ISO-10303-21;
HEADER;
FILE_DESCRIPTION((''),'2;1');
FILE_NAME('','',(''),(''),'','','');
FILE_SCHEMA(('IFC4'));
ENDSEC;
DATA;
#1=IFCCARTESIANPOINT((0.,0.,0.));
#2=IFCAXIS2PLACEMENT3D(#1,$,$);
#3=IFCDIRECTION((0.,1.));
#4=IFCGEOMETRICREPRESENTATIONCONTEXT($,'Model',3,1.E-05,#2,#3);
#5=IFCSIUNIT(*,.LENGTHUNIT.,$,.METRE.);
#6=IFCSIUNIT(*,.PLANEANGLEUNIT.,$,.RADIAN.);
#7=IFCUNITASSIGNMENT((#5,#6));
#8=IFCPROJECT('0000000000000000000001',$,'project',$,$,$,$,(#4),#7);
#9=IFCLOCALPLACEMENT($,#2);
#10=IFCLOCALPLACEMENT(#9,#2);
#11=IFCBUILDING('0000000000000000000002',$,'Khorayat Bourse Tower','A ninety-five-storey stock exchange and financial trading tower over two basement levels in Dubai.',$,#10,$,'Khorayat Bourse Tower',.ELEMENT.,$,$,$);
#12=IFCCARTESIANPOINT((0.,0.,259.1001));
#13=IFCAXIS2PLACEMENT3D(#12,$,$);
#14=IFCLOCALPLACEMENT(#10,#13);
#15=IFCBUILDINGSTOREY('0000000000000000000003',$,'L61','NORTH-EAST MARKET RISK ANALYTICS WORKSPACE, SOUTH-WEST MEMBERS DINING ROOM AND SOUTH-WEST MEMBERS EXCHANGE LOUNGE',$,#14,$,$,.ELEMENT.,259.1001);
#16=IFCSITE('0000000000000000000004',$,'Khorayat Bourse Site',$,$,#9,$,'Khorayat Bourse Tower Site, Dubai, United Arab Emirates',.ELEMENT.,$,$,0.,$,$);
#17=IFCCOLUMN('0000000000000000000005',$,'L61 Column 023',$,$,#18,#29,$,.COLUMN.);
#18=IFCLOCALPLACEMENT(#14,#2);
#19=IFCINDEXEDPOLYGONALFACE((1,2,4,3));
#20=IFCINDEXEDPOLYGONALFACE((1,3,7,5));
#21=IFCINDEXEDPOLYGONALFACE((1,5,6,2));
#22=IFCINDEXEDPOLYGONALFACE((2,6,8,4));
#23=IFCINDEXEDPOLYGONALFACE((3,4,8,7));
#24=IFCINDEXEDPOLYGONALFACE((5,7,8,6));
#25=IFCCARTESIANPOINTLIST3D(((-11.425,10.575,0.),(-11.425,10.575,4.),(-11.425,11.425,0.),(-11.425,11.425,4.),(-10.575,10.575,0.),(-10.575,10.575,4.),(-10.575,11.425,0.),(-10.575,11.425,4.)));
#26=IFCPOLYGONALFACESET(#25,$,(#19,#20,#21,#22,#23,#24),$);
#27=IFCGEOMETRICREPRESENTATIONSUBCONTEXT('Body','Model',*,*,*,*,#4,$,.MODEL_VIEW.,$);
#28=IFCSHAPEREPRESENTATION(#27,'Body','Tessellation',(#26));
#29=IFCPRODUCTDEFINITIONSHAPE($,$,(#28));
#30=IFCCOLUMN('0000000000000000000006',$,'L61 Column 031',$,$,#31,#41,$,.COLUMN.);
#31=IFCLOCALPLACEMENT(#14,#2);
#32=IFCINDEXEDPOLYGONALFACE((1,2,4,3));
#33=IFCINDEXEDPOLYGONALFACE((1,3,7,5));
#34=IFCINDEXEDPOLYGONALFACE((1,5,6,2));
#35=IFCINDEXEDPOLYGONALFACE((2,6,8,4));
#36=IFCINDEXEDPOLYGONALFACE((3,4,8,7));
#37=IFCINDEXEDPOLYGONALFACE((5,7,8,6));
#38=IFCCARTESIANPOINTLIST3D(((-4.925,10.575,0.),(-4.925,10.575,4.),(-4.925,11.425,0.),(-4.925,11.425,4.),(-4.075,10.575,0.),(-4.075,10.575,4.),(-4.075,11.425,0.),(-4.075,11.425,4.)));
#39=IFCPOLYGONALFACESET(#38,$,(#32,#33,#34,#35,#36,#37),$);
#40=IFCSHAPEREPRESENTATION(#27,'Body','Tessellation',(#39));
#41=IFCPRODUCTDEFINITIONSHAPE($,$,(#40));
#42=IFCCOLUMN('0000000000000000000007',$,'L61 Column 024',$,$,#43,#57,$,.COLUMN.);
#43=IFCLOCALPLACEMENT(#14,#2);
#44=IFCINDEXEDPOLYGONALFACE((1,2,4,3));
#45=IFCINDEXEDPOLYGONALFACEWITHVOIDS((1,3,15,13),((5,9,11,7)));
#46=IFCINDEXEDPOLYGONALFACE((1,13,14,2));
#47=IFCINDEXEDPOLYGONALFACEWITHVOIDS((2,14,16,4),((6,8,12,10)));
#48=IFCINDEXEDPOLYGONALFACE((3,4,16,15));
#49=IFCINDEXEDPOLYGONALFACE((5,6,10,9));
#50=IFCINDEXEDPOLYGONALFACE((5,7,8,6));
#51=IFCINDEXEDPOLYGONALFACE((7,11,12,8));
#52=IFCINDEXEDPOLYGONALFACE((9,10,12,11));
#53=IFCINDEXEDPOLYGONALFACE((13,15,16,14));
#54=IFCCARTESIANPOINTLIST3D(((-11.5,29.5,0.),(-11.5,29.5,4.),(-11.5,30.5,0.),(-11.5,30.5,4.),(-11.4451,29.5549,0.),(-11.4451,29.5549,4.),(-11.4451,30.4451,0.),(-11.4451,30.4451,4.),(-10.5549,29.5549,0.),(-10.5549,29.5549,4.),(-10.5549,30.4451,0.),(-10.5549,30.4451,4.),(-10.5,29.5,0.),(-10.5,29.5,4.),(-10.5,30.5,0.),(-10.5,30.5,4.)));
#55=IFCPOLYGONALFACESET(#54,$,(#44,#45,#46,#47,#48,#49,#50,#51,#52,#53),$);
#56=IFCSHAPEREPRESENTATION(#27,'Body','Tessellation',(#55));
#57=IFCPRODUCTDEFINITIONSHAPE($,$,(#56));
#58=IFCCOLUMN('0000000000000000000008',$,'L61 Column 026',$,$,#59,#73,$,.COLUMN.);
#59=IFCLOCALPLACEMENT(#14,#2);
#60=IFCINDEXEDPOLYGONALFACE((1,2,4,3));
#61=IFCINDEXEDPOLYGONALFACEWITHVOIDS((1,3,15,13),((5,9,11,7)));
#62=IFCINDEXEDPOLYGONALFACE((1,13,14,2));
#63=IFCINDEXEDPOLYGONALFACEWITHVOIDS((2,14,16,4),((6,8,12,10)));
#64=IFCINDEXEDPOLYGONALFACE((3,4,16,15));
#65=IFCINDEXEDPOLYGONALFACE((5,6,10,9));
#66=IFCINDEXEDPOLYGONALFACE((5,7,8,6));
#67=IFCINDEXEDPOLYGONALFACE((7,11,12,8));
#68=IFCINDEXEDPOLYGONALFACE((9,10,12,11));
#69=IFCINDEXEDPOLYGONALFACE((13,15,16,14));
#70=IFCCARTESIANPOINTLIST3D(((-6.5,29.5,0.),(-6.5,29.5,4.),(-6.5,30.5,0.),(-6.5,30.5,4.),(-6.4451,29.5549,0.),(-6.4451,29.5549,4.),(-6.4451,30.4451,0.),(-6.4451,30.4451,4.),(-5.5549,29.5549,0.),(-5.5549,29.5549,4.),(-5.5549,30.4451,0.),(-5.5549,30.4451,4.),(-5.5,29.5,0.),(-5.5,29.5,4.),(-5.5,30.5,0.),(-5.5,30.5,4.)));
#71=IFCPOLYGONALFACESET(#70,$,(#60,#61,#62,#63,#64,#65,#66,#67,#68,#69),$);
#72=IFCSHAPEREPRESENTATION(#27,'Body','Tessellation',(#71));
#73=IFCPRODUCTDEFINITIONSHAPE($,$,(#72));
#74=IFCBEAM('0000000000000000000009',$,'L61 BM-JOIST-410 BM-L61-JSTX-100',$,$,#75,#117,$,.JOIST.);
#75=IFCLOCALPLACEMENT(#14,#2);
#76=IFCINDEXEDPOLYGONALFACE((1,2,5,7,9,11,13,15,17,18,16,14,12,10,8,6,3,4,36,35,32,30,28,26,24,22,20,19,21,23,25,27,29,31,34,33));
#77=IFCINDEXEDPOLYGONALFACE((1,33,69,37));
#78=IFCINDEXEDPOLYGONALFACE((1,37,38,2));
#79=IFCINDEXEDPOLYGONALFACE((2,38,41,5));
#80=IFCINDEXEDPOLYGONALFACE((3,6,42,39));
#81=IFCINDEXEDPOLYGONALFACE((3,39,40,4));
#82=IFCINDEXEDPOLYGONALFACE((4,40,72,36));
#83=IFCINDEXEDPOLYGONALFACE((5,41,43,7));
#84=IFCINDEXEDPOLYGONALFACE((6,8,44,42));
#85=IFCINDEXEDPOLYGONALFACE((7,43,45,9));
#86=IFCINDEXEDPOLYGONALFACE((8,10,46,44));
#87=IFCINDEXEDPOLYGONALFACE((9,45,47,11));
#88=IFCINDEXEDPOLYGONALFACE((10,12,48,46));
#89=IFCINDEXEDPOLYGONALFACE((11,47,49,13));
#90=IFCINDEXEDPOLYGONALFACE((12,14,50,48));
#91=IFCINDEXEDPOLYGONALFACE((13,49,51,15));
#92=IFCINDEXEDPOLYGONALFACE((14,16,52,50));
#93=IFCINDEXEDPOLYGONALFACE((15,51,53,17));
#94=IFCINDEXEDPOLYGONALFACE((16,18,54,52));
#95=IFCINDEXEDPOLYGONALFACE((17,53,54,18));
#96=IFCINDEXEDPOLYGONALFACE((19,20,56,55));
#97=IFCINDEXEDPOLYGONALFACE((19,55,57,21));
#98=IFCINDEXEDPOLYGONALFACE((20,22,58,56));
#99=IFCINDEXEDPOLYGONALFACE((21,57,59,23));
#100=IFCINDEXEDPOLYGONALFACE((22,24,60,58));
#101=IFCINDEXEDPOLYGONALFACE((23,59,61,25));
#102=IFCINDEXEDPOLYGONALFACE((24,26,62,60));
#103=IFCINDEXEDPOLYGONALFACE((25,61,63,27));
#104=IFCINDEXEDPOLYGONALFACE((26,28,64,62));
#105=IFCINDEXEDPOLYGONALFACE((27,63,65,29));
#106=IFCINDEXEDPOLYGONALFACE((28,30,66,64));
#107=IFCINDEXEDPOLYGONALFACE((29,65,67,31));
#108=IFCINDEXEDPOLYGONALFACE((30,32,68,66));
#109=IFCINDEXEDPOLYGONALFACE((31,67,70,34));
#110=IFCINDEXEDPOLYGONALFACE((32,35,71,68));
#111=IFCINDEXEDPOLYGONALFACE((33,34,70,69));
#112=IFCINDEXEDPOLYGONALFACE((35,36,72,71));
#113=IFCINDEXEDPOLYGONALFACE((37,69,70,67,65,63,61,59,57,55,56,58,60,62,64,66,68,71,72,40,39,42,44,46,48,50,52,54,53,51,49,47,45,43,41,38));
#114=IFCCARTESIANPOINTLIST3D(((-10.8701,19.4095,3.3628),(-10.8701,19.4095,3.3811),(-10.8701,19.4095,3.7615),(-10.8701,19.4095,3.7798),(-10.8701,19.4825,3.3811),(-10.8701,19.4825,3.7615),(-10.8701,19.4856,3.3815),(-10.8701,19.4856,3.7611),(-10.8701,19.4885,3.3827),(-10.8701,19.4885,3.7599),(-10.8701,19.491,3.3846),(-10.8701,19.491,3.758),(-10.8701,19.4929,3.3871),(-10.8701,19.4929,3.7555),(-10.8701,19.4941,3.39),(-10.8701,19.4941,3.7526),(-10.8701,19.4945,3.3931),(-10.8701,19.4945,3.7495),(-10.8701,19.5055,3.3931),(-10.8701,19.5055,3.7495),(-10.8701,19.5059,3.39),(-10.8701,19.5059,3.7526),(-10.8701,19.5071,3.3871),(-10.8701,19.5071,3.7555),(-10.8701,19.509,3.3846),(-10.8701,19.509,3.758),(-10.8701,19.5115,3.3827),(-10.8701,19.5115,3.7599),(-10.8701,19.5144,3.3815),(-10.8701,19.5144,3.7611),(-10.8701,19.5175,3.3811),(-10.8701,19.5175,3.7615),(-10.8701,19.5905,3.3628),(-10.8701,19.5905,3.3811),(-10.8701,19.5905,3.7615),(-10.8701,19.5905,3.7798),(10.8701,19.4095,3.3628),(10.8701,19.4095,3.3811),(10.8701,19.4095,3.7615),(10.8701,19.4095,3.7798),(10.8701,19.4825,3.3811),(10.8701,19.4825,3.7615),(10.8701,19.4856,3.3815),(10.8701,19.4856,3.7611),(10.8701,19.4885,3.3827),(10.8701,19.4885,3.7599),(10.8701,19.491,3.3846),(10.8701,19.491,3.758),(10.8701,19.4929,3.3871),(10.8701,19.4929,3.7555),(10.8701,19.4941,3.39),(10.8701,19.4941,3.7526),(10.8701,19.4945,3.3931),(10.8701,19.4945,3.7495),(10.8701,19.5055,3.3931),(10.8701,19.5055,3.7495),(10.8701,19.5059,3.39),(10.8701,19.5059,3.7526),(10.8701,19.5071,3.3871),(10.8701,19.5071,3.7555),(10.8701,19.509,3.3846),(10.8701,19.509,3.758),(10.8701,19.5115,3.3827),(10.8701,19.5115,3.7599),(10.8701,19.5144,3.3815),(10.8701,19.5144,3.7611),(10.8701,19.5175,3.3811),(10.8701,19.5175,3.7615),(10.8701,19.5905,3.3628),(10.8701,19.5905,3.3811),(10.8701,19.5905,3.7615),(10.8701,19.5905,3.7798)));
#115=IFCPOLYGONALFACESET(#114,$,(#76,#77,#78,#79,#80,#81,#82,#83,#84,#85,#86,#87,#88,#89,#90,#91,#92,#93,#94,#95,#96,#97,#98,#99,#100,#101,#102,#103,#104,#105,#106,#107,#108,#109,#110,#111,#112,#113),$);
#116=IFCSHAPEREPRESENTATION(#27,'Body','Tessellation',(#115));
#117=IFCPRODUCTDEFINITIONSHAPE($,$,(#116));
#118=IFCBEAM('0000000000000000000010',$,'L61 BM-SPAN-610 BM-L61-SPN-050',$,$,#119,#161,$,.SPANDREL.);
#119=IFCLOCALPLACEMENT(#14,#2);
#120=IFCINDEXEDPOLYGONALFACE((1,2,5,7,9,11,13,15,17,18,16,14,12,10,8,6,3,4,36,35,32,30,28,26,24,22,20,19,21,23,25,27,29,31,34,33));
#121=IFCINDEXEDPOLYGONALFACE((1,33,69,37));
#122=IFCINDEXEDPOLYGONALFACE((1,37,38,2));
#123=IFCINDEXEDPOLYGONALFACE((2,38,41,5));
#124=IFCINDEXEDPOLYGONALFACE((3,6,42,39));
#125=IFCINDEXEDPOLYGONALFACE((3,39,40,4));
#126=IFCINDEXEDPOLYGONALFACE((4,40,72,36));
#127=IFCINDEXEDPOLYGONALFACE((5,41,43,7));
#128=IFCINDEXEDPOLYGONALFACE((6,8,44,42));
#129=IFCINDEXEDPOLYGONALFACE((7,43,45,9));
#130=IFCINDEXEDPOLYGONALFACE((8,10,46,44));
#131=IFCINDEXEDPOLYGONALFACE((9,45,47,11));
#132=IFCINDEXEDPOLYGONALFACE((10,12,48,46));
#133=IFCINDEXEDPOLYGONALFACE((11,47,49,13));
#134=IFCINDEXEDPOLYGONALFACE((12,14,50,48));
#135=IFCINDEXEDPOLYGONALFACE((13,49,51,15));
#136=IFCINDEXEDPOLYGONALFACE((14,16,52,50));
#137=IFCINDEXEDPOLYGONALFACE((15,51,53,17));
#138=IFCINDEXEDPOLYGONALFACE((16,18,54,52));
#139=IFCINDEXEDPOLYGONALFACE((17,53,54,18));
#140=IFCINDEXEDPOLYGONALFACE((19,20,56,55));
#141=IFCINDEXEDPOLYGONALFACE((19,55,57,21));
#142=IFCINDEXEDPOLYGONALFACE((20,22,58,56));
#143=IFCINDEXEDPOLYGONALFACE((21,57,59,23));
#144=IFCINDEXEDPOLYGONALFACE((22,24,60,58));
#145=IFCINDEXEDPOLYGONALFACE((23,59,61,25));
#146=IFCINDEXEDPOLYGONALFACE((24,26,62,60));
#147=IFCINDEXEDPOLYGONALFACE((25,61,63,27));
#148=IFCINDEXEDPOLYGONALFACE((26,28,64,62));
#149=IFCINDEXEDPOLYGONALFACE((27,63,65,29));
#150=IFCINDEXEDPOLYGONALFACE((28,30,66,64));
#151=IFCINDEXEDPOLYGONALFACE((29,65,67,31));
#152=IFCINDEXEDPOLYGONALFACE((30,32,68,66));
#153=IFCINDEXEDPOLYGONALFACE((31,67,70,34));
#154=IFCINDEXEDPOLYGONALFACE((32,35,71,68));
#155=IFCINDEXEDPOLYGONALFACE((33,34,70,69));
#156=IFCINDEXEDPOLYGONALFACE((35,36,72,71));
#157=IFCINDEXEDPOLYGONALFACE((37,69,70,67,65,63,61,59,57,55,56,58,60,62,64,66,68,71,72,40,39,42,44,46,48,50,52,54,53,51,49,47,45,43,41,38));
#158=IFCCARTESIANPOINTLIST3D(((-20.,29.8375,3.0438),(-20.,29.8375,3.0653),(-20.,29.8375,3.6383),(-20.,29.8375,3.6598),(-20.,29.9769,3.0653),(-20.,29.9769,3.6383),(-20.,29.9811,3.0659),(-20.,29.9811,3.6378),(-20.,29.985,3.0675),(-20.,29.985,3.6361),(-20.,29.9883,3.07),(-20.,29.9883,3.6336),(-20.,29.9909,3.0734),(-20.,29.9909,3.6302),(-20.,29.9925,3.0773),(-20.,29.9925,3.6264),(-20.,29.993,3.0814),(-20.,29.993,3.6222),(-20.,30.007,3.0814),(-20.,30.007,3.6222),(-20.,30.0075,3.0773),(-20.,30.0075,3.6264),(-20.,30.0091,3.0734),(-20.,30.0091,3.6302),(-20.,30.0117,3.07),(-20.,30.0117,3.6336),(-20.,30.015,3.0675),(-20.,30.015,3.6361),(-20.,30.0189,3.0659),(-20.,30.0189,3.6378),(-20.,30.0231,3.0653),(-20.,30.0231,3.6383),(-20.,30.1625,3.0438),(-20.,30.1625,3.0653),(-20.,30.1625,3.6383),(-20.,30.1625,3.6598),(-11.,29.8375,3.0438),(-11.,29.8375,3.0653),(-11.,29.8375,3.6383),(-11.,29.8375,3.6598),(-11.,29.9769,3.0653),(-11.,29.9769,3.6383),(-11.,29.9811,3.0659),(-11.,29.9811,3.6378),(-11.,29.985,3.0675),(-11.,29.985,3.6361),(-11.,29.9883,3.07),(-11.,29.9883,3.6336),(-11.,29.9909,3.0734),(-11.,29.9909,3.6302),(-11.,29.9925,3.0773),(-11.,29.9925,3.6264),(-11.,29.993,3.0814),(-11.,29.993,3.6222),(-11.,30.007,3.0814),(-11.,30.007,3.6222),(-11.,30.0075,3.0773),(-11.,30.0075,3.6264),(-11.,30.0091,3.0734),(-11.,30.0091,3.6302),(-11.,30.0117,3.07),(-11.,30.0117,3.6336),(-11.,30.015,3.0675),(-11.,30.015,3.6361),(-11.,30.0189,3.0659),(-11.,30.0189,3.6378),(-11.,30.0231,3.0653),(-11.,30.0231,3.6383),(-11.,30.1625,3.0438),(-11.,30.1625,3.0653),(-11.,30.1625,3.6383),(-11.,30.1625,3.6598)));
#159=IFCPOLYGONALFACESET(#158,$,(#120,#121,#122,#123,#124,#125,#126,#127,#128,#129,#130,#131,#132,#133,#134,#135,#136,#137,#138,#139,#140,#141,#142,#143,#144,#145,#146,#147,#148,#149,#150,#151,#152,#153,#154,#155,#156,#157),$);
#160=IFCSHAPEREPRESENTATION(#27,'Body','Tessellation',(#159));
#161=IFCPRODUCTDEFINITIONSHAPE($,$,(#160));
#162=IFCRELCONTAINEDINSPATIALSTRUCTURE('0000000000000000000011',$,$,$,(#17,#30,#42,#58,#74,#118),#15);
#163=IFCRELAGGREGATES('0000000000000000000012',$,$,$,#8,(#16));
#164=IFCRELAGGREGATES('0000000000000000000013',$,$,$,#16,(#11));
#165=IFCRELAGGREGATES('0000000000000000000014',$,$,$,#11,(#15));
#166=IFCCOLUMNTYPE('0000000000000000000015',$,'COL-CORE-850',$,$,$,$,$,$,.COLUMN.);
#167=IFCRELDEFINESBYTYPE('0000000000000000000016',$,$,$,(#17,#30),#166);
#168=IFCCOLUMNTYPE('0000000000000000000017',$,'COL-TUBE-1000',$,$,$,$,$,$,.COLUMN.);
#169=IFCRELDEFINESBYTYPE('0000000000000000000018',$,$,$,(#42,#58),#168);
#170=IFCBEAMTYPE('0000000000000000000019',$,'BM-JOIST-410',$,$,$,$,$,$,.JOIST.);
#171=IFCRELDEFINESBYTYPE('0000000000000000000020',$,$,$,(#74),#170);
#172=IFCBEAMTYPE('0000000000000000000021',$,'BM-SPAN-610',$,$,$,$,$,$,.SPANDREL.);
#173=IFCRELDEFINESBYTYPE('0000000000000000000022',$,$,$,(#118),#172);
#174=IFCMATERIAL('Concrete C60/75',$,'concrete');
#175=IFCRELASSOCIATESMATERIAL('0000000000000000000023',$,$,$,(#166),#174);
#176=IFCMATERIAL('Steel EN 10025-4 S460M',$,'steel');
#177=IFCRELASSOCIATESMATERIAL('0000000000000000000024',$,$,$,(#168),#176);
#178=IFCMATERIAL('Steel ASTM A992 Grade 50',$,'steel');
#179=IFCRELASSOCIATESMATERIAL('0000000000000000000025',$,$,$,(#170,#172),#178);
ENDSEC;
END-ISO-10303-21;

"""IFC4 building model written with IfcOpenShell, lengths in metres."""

from ifc_helpers import new_model, si_unit, direction, frame, origin, origin_2d, place, context, subcontext, project, spatial, rectangle, hollow_rectangle, i_section, extrude, source, transform, mapped, material, material_profile, profile_set, type_object, element, save


model = new_model("IFC4")

# Units and contexts
model_context = context("Model", 3, precision=1e-05, world=origin(), true_north=direction((0.0, 1.0)))
body_context = subcontext(model_context, "Body", "Model", "MODEL_VIEW")
ifc_project = project(units=[si_unit("LENGTHUNIT", "METRE"), si_unit("PLANEANGLEUNIT", "RADIAN")], contexts=[model_context])

# Site, building, storey
site_placement = place(None, origin())
site = spatial("IfcSite", under=ifc_project, at=site_placement, Name="Khorayat Bourse Site", LongName="Khorayat Bourse Tower Site, Dubai, United Arab Emirates", CompositionType="ELEMENT", RefElevation=0.0)
building_placement = place(site_placement, origin())
building = spatial("IfcBuilding", under=site, at=building_placement, Name="Khorayat Bourse Tower", Description="A ninety-five-storey stock exchange and financial trading tower over two basement levels in Dubai.", LongName="Khorayat Bourse Tower", CompositionType="ELEMENT")
storey_placement = place(building_placement, frame((0.0, 0.0, 259.1001)))
storey = spatial("IfcBuildingStorey", under=building, at=storey_placement, Name="L61", Description="NORTH-EAST MARKET RISK ANALYTICS WORKSPACE, SOUTH-WEST MEMBERS DINING ROOM AND SOUTH-WEST MEMBERS EXCHANGE LOUNGE", CompositionType="ELEMENT", Elevation=259.1001)

# Columns
ifc_material_1 = material(Name="Concrete C60/75", Category="concrete")
ifc_material_profile_1 = material_profile(ifc_material_1, rectangle(XDim=0.8501, YDim=0.8501, at=origin_2d()), Name="RC 850x850")
ifc_profile_set_1 = profile_set([ifc_material_profile_1], Name="Concrete C60/75")
column_type_1 = type_object("IfcColumnType", Name="COL-CORE-850", PredefinedType="COLUMN", material=ifc_profile_set_1)
shared_shape_1 = source(origin(), body_context, "Body", "SweptSolid", [
    extrude(rectangle(XDim=0.8501, YDim=0.8501, at=origin_2d()), origin(), (0.0, 0.0, 1.0), 4.0),
])
for number, where, z_axis, x_axis, name in (
    (1, (-11.0, 11.0, 0.0), (0.0, 0.0, 1.0), (1.0, 0.0, 0.0), "L61 Column 023"),
    (2, (-4.5, 11.0, 0.0), (0.0, 0.0, 1.0), (1.0, 0.0, 0.0), "L61 Column 031"),
):
    element("IfcColumn", number, at=place(storey_placement, frame(where, z_axis=z_axis, x_axis=x_axis)), inside=storey, type_object=column_type_1, Name=name, PredefinedType="COLUMN", context=body_context, shape_type="MappedRepresentation", body=[
        mapped(shared_shape_1, transform((0.0, 0.0, 0.0), scale=1.0)),
    ])
ifc_material_2 = material(Name="Steel EN 10025-4 S460M", Category="steel")
ifc_material_profile_2 = material_profile(ifc_material_2, hollow_rectangle(XDim=1.0, YDim=1.0, WallThickness=0.0549, at=origin_2d()), Name="BOX 1000x1000x55")
ifc_profile_set_2 = profile_set([ifc_material_profile_2], Name="Steel EN 10025-4 S460M")
column_type_2 = type_object("IfcColumnType", Name="COL-TUBE-1000", PredefinedType="COLUMN", material=ifc_profile_set_2)
shared_shape_2 = source(origin(), body_context, "Body", "SweptSolid", [
    extrude(hollow_rectangle(XDim=1.0, YDim=1.0, WallThickness=0.0549, at=origin_2d()), origin(), (0.0, 0.0, 1.0), 4.0),
])
for number, where, z_axis, x_axis, name in (
    (3, (-11.0, 30.0, 0.0), (0.0, 0.0, 1.0), (1.0, 0.0, 0.0), "L61 Column 024"),
    (4, (-6.0, 30.0, 0.0), (0.0, 0.0, 1.0), (1.0, 0.0, 0.0), "L61 Column 026"),
):
    element("IfcColumn", number, at=place(storey_placement, frame(where, z_axis=z_axis, x_axis=x_axis)), inside=storey, type_object=column_type_2, Name=name, PredefinedType="COLUMN", context=body_context, shape_type="MappedRepresentation", body=[
        mapped(shared_shape_2, transform((0.0, 0.0, 0.0), scale=1.0)),
    ])

# Beams
ifc_material_3 = material(Name="Steel ASTM A992 Grade 50", Category="steel")
ifc_material_profile_3 = material_profile(ifc_material_3, i_section(OverallWidth=0.1809, OverallDepth=0.417, WebThickness=0.011, FlangeThickness=0.0183, FilletRadius=0.012, at=origin_2d()), Name="W410X85")
ifc_profile_set_3 = profile_set([ifc_material_profile_3], Name="Steel ASTM A992 Grade 50")
beam_type_1 = type_object("IfcBeamType", Name="BM-JOIST-410", PredefinedType="JOIST", material=ifc_profile_set_3)
shared_shape_3 = source(origin(), body_context, "Body", "SweptSolid", [
    extrude(i_section(OverallWidth=0.1809, OverallDepth=0.417, WebThickness=0.011, FlangeThickness=0.0183, FilletRadius=0.012, at=origin_2d()), origin(), (0.0, 0.0, 1.0), 21.7402),
])
beam_1_placement = place(storey_placement, frame((-10.8701, 19.5, 3.5713), z_axis=(1.0, 0.0, 0.0), x_axis=(0.0, 1.0, 0.0)))
element("IfcBeam", 5, at=beam_1_placement, inside=storey, type_object=beam_type_1, Name="L61 BM-JOIST-410 BM-L61-JSTX-100", PredefinedType="JOIST", context=body_context, shape_type="MappedRepresentation", body=[
    mapped(shared_shape_3, transform((0.0, 0.0, 0.0), scale=1.0)),
])
ifc_material_profile_4 = material_profile(ifc_material_3, i_section(OverallWidth=0.325, OverallDepth=0.616, WebThickness=0.0139, FlangeThickness=0.0215, FilletRadius=0.0161, at=origin_2d()), Name="W610X174")
ifc_profile_set_4 = profile_set([ifc_material_profile_4], Name="Steel ASTM A992 Grade 50")
beam_type_2 = type_object("IfcBeamType", Name="BM-SPAN-610", PredefinedType="SPANDREL", material=ifc_profile_set_4)
shared_shape_4 = source(origin(), body_context, "Body", "SweptSolid", [
    extrude(i_section(OverallWidth=0.325, OverallDepth=0.616, WebThickness=0.0139, FlangeThickness=0.0215, FilletRadius=0.0161, at=origin_2d()), origin(), (0.0, 0.0, 1.0), 9.0),
])
beam_2_placement = place(storey_placement, frame((-20.0, 30.0, 3.3518), z_axis=(1.0, 0.0, 0.0), x_axis=(0.0, 1.0, 0.0)))
element("IfcBeam", 6, at=beam_2_placement, inside=storey, type_object=beam_type_2, Name="L61 BM-SPAN-610 BM-L61-SPN-050", PredefinedType="SPANDREL", context=body_context, shape_type="MappedRepresentation", body=[
    mapped(shared_shape_4, transform((0.0, 0.0, 0.0), scale=1.0)),
])

save(model, "model.ifc")
